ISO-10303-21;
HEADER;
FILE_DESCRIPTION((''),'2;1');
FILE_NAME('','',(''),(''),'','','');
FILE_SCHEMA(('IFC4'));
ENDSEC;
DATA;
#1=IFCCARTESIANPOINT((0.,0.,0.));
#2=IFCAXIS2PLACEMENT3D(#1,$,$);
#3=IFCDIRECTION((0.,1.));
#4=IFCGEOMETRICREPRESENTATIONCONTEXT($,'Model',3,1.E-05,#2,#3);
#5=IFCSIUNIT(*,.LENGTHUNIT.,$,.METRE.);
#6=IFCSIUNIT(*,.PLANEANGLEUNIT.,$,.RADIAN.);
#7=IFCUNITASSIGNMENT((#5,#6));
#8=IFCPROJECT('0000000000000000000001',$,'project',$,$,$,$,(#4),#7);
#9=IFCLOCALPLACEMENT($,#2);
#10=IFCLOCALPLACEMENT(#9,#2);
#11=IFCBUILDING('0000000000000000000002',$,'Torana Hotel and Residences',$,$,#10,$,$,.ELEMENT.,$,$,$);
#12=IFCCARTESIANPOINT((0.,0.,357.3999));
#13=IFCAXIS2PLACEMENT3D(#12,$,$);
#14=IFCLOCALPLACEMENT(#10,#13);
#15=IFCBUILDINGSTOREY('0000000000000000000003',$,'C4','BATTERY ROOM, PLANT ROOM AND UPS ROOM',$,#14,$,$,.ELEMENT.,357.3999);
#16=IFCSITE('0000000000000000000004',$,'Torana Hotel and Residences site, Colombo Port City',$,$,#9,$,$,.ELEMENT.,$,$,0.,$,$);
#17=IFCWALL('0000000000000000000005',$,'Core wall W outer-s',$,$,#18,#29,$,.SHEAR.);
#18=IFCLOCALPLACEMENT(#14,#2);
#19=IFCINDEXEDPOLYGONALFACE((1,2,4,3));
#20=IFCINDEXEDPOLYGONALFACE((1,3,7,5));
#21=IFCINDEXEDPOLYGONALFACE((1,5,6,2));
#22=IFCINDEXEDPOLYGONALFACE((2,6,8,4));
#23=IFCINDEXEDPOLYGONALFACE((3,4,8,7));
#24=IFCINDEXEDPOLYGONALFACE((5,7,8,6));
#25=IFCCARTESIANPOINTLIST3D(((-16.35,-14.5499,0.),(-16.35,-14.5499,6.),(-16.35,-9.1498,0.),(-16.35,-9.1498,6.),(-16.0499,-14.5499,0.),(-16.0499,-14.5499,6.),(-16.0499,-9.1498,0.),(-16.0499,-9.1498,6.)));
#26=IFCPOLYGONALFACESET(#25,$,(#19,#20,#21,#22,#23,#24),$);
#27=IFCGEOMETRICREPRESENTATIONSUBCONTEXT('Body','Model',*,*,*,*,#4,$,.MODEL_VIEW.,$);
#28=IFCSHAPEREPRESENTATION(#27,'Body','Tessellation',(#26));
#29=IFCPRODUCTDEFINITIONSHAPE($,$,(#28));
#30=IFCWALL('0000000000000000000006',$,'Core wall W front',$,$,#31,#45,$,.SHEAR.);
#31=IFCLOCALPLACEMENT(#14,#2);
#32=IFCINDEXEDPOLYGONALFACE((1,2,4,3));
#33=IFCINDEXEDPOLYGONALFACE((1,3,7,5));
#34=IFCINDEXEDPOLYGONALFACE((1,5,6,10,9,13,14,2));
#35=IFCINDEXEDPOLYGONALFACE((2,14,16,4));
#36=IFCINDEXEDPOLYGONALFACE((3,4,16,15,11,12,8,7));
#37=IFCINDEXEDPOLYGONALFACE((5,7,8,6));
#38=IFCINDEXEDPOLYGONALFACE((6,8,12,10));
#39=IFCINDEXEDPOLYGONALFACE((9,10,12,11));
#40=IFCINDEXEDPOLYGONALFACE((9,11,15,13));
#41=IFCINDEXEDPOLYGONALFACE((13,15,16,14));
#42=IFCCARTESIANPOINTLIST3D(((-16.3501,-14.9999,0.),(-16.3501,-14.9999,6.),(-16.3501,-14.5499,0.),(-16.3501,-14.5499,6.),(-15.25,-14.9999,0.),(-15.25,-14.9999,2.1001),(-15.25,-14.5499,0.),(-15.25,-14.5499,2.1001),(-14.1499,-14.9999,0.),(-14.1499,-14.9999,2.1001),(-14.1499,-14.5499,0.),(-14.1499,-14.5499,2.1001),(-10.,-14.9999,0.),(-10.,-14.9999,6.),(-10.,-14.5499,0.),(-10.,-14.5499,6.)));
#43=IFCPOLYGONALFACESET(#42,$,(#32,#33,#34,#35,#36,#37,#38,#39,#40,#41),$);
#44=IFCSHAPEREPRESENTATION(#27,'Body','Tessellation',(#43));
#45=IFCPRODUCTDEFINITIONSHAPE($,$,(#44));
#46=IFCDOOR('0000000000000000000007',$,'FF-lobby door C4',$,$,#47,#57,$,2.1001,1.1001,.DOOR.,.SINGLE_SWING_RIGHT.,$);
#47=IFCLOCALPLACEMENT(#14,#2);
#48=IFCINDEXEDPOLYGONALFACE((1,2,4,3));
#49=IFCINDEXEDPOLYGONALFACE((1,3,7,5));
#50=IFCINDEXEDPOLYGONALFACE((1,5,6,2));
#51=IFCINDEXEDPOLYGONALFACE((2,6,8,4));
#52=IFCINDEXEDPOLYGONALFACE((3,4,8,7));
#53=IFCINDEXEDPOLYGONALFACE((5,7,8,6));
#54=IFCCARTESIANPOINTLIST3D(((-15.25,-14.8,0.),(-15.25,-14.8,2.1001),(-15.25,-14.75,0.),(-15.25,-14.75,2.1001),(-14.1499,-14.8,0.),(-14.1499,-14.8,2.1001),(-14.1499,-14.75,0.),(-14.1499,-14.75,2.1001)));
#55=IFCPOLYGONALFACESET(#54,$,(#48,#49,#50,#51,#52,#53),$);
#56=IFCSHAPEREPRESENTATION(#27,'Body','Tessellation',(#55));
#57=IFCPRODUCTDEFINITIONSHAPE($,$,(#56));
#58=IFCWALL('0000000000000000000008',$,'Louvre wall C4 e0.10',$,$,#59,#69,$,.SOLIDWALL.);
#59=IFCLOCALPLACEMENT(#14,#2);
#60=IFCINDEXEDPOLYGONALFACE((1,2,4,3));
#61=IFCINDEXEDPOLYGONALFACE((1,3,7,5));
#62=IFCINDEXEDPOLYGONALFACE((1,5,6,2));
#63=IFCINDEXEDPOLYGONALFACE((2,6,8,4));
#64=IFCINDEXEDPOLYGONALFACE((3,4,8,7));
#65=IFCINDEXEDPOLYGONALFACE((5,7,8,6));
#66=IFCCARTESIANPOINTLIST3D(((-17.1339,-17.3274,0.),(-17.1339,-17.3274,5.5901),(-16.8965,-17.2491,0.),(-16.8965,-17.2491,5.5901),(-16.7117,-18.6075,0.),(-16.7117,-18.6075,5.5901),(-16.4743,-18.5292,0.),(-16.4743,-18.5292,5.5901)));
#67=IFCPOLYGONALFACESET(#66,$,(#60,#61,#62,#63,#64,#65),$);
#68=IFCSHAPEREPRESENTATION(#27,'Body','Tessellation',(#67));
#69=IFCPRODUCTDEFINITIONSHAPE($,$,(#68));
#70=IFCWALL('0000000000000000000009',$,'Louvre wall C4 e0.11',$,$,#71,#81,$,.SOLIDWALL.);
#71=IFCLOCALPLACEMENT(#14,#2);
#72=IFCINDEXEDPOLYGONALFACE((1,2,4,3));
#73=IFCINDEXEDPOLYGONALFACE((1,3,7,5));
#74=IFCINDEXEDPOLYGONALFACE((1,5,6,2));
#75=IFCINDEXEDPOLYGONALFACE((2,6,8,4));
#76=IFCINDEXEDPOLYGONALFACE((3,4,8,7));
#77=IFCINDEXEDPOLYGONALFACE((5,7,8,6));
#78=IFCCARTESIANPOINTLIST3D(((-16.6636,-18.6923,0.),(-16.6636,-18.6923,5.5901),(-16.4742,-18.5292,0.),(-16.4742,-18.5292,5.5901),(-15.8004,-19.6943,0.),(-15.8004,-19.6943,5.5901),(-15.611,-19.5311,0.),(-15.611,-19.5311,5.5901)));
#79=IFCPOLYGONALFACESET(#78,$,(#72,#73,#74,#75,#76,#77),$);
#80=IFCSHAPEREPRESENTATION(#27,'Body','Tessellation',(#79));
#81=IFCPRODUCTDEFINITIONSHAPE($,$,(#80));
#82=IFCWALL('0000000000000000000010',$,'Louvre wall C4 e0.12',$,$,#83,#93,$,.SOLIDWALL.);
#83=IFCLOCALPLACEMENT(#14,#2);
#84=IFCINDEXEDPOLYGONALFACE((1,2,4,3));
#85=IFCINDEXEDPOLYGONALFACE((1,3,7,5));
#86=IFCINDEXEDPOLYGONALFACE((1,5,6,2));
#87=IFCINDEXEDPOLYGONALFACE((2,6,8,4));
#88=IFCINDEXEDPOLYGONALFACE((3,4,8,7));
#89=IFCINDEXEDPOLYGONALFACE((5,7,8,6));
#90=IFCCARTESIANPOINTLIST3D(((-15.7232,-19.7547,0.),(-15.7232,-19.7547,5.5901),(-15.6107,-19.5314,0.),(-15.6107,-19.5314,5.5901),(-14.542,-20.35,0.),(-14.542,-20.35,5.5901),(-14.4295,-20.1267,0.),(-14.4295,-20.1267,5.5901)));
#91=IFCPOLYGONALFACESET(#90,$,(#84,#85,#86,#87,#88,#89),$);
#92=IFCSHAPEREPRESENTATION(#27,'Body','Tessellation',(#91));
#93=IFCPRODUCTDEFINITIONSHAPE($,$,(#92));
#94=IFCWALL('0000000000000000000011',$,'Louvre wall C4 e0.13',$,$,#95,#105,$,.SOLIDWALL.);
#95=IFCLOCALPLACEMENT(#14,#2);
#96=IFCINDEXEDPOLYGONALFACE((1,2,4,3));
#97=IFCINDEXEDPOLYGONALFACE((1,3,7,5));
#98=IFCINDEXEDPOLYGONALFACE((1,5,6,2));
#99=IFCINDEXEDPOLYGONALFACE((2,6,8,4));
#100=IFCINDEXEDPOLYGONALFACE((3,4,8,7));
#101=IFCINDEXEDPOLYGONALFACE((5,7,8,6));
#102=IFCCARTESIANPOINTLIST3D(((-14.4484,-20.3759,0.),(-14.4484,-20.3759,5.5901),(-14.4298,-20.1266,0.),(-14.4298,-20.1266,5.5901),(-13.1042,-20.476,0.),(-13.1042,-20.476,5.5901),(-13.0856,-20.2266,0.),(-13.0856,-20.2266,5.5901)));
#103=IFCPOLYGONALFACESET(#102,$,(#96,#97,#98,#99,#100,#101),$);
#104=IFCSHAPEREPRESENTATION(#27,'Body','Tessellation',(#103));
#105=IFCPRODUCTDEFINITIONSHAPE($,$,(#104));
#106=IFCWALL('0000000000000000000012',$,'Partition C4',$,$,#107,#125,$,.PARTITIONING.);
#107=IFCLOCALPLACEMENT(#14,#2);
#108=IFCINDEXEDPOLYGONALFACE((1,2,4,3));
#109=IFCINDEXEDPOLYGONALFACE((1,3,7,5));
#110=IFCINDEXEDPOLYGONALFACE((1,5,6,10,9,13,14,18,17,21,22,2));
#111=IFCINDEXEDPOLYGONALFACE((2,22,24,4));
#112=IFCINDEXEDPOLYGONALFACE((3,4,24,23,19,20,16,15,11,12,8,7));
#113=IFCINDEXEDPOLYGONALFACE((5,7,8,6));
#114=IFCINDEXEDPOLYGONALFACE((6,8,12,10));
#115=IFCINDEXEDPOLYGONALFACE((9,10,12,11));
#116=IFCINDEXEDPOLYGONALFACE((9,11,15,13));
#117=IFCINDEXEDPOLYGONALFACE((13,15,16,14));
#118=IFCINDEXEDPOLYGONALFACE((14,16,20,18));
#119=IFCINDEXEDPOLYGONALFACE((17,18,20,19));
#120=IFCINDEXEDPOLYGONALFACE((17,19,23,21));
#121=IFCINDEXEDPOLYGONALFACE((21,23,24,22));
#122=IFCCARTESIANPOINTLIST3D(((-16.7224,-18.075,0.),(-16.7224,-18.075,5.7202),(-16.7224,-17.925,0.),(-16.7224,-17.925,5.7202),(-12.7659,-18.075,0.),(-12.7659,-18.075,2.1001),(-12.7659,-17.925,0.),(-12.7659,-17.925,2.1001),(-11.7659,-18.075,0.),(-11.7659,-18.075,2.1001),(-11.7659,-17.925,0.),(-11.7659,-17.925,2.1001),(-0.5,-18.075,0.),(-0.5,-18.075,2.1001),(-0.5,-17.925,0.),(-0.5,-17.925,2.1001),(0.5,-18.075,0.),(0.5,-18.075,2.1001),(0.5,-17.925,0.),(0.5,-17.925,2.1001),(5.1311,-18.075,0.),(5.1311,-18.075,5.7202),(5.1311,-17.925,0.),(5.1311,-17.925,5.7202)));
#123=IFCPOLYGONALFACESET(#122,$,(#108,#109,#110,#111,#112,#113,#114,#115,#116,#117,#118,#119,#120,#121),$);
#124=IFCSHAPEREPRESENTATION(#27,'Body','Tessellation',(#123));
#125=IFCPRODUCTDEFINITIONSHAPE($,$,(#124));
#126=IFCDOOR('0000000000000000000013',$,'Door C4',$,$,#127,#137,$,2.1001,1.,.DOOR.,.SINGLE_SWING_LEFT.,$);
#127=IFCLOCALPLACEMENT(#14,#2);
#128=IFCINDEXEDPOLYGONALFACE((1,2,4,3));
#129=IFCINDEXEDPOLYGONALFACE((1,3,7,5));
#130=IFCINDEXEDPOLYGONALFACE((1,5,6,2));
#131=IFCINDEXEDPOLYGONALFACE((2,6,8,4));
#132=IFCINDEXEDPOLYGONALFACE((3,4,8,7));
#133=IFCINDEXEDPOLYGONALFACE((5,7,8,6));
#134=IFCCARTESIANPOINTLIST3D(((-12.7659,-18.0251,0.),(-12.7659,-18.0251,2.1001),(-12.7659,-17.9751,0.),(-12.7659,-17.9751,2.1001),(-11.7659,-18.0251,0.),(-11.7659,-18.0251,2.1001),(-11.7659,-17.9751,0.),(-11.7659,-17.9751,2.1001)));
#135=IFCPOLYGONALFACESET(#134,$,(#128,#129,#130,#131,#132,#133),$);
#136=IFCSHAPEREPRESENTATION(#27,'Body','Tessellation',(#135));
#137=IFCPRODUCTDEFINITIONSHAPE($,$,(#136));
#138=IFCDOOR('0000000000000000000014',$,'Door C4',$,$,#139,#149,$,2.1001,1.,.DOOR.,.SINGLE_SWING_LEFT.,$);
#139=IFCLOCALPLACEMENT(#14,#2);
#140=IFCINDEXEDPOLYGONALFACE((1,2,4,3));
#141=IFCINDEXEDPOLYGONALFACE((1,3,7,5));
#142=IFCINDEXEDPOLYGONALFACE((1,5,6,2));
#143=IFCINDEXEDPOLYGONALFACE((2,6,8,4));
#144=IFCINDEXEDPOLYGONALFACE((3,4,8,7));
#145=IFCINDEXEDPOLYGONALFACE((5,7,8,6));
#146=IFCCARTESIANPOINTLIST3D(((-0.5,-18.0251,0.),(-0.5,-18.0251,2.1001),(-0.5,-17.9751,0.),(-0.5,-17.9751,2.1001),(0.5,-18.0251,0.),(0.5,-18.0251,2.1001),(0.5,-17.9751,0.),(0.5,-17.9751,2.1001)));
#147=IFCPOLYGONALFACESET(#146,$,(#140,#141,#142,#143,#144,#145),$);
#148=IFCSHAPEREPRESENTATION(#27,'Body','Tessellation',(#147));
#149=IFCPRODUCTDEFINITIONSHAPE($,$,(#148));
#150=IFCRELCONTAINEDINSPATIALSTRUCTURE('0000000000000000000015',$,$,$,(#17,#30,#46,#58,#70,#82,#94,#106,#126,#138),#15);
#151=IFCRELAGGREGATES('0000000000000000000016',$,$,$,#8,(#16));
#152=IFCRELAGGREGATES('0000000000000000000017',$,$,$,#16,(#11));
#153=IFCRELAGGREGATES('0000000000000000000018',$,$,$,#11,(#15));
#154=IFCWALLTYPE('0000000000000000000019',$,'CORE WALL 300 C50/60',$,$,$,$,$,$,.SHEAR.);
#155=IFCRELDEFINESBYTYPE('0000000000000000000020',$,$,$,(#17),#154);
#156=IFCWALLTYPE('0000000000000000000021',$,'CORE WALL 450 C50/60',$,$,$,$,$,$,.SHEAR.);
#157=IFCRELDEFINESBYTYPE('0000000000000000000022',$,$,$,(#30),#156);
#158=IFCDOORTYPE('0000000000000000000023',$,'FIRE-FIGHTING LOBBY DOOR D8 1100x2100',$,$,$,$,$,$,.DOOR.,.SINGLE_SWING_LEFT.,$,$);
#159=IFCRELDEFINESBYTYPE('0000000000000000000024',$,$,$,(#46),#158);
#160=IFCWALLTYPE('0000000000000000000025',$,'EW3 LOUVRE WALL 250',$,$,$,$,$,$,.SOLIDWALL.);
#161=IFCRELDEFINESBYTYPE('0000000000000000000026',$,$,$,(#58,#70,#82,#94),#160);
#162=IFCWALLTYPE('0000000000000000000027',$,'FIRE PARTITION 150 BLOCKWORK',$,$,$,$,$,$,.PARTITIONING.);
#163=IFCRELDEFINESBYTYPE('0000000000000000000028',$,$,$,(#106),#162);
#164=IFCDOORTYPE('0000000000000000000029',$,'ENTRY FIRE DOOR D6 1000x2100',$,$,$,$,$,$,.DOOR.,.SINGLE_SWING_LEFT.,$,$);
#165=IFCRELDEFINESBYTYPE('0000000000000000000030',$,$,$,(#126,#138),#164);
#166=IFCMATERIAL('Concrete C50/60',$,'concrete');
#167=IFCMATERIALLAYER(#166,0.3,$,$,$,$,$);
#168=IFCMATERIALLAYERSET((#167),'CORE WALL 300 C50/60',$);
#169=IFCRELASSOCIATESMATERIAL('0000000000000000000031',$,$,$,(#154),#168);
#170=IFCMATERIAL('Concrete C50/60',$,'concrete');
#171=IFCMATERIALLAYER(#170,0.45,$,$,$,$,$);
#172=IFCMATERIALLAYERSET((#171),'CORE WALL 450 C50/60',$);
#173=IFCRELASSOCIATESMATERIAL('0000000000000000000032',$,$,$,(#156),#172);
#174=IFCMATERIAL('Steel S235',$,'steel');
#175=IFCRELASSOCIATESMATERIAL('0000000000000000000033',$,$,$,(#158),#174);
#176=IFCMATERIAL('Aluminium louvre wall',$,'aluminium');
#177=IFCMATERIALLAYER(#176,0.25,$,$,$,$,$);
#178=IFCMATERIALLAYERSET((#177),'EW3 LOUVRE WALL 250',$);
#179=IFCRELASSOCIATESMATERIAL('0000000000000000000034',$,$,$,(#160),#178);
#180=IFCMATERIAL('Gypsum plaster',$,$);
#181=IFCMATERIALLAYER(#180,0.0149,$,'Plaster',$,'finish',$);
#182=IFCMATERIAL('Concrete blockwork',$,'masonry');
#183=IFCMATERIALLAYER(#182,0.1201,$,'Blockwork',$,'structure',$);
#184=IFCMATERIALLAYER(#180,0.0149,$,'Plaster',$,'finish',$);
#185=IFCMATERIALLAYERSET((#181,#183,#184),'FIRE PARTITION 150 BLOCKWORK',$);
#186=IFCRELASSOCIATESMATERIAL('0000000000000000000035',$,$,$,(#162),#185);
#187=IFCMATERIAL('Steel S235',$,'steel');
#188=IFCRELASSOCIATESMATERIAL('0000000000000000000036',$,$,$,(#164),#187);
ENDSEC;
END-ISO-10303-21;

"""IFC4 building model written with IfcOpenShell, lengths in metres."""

from ifc_helpers import new_model, si_unit, direction, frame, frame_2d, origin, place, context, subcontext, project, spatial, rectangle, extrude, material, layer, layer_set, type_object, element, fill, save


model = new_model("IFC4")

# Units and contexts
model_context = context("Model", 3, precision=1e-05, world=origin(), true_north=direction((0.0, 1.0)))
body_context = subcontext(model_context, "Body", "Model", "MODEL_VIEW")
ifc_project = project(units=[si_unit("LENGTHUNIT", "METRE"), si_unit("PLANEANGLEUNIT", "RADIAN")], contexts=[model_context])

# Site, building, storey
site_placement = place(None, origin())
site = spatial("IfcSite", under=ifc_project, at=site_placement, Name="Torana Hotel and Residences site, Colombo Port City", CompositionType="ELEMENT", RefElevation=0.0)
building_placement = place(site_placement, origin())
building = spatial("IfcBuilding", under=site, at=building_placement, Name="Torana Hotel and Residences", CompositionType="ELEMENT")
storey_placement = place(building_placement, frame((0.0, 0.0, 357.3999)))
storey = spatial("IfcBuildingStorey", under=building, at=storey_placement, Name="C4", Description="BATTERY ROOM, PLANT ROOM AND UPS ROOM", CompositionType="ELEMENT", Elevation=357.3999)

# Wall
ifc_material_1 = material(Name="Concrete C50/60", Category="concrete")
ifc_layer_1 = layer(ifc_material_1, 0.3)
ifc_layer_set_1 = layer_set([ifc_layer_1], Name="CORE WALL 300 C50/60")
wall_type_1 = type_object("IfcWallType", Name="CORE WALL 300 C50/60", PredefinedType="SHEAR", material=ifc_layer_set_1)
wall_1_placement = place(storey_placement, frame((-16.2, -14.55, 0.0), z_axis=(0.0, 0.0, 1.0), x_axis=(0.0, 1.0, 0.0)))
element("IfcWall", 1, at=wall_1_placement, inside=storey, type_object=wall_type_1, Name="Core wall W outer-s", PredefinedType="SHEAR", context=body_context, shape_type="SweptSolid", body=[
    extrude(rectangle(XDim=5.4001, YDim=0.3, at=frame_2d((2.7002, 0.0))), origin(), (0.0, 0.0, 1.0), 6.0),
])

# Wall, opening, door
ifc_material_2 = material(Name="Concrete C50/60", Category="concrete")
ifc_layer_2 = layer(ifc_material_2, 0.45)
ifc_layer_set_2 = layer_set([ifc_layer_2], Name="CORE WALL 450 C50/60")
wall_type_2 = type_object("IfcWallType", Name="CORE WALL 450 C50/60", PredefinedType="SHEAR", material=ifc_layer_set_2)
wall_2_placement = place(storey_placement, frame((-16.3501, -14.7749, 0.0), z_axis=(0.0, 0.0, 1.0), x_axis=(1.0, 0.0, 0.0)))
wall_2 = element("IfcWall", 2, at=wall_2_placement, inside=storey, type_object=wall_type_2, Name="Core wall W front", PredefinedType="SHEAR", context=body_context, shape_type="SweptSolid", body=[
    extrude(rectangle(XDim=6.3501, YDim=0.45, at=frame_2d((3.175, 0.0))), origin(), (0.0, 0.0, 1.0), 6.0),
])
opening_1_placement = place(wall_2_placement, frame((1.1001, 0.0, 0.0)))
opening_1 = element("IfcOpeningElement", 3, at=opening_1_placement, cuts=wall_2, PredefinedType="OPENING", context=body_context, shape_type="SweptSolid", body=[
    extrude(rectangle(XDim=1.1001, YDim=2.1001, at=frame_2d((0.55, 1.05))), frame((0.0, 0.2349, 0.0), z_axis=(0.0, -1.0, 0.0), x_axis=(1.0, 0.0, 0.0)), (0.0, 0.0, 1.0), 0.47),
])
ifc_material_3 = material(Name="Steel S235", Category="steel")
door_type_1 = type_object("IfcDoorType", Name="FIRE-FIGHTING LOBBY DOOR D8 1100x2100", OperationType="SINGLE_SWING_LEFT", PredefinedType="DOOR", material=ifc_material_3)
door_1_placement = place(opening_1_placement, origin())
door_1 = element("IfcDoor", 4, at=door_1_placement, inside=storey, type_object=door_type_1, Name="FF-lobby door C4", OperationType="SINGLE_SWING_RIGHT", OverallHeight=2.1001, OverallWidth=1.1001, PredefinedType="DOOR", context=body_context, shape_type="SweptSolid", body=[
    extrude(rectangle(XDim=1.1001, YDim=2.1001, at=frame_2d((0.55, 1.05))), frame((0.0, 0.0249, 0.0), z_axis=(0.0, -1.0, 0.0), x_axis=(1.0, 0.0, 0.0)), (0.0, 0.0, 1.0), 0.05),
])
fill(opening_1, door_1)

# Walls
ifc_material_4 = material(Name="Aluminium louvre wall", Category="aluminium")
ifc_layer_3 = layer(ifc_material_4, 0.25)
ifc_layer_set_3 = layer_set([ifc_layer_3], Name="EW3 LOUVRE WALL 250")
wall_type_3 = type_object("IfcWallType", Name="EW3 LOUVRE WALL 250", PredefinedType="SOLIDWALL", material=ifc_layer_set_3)
wall_3_placement = place(storey_placement, frame((-17.0151, -17.2883, 0.0), z_axis=(0.0, 0.0, 1.0), x_axis=(0.313183, -0.949693, 0.0)))
element("IfcWall", 5, at=wall_3_placement, inside=storey, type_object=wall_type_3, Name="Louvre wall C4 e0.10", PredefinedType="SOLIDWALL", context=body_context, shape_type="SweptSolid", body=[
    extrude(rectangle(XDim=1.3479, YDim=0.25, at=frame_2d((0.6738, 0.0))), origin(), (0.0, 0.0, 1.0), 5.5901),
])
wall_4_placement = place(storey_placement, frame((-16.5688, -18.6108, 0.0), z_axis=(0.0, 0.0, 1.0), x_axis=(0.652735, -0.757586, 0.0)))
element("IfcWall", 6, at=wall_4_placement, inside=storey, type_object=wall_type_3, Name="Louvre wall C4 e0.11", PredefinedType="SOLIDWALL", context=body_context, shape_type="SweptSolid", body=[
    extrude(rectangle(XDim=1.3225, YDim=0.25, at=frame_2d((0.6611, 0.0))), origin(), (0.0, 0.0, 1.0), 5.5901),
])
wall_5_placement = place(storey_placement, frame((-15.667, -19.6431, 0.0), z_axis=(0.0, 0.0, 1.0), x_axis=(0.89302, -0.450017, 0.0)))
element("IfcWall", 7, at=wall_5_placement, inside=storey, type_object=wall_type_3, Name="Louvre wall C4 e0.12", PredefinedType="SOLIDWALL", context=body_context, shape_type="SweptSolid", body=[
    extrude(rectangle(XDim=1.3228, YDim=0.25, at=frame_2d((0.6614, 0.0))), origin(), (0.0, 0.0, 1.0), 5.5901),
])
wall_6_placement = place(storey_placement, frame((-14.439, -20.2512, 0.0), z_axis=(0.0, 0.0, 1.0), x_axis=(0.997239, -0.074259, 0.0)))
element("IfcWall", 8, at=wall_6_placement, inside=storey, type_object=wall_type_3, Name="Louvre wall C4 e0.13", PredefinedType="SOLIDWALL", context=body_context, shape_type="SweptSolid", body=[
    extrude(rectangle(XDim=1.3479, YDim=0.25, at=frame_2d((0.6738, 0.0))), origin(), (0.0, 0.0, 1.0), 5.5901),
])

# Wall, openings, doors
ifc_material_5 = material(Name="Gypsum plaster")
ifc_layer_4 = layer(ifc_material_5, 0.0149, Name="Plaster", Category="finish")
ifc_material_6 = material(Name="Concrete blockwork", Category="masonry")
ifc_layer_5 = layer(ifc_material_6, 0.1201, Name="Blockwork", Category="structure")
ifc_layer_6 = layer(ifc_material_5, 0.0149, Name="Plaster", Category="finish")
ifc_layer_set_4 = layer_set([ifc_layer_4, ifc_layer_5, ifc_layer_6], Name="FIRE PARTITION 150 BLOCKWORK")
wall_type_4 = type_object("IfcWallType", Name="FIRE PARTITION 150 BLOCKWORK", PredefinedType="PARTITIONING", material=ifc_layer_set_4)
wall_7_placement = place(storey_placement, frame((-16.7224, -18.0, 0.0), z_axis=(0.0, 0.0, 1.0), x_axis=(1.0, 0.0, 0.0)))
wall_7 = element("IfcWall", 9, at=wall_7_placement, inside=storey, type_object=wall_type_4, Name="Partition C4", PredefinedType="PARTITIONING", context=body_context, shape_type="SweptSolid", body=[
    extrude(rectangle(XDim=21.8535, YDim=0.1499, at=frame_2d((10.9268, 0.0))), origin(), (0.0, 0.0, 1.0), 5.7202),
])
opening_2_placement = place(wall_7_placement, frame((3.9565, 0.0, 0.0)))
opening_2 = element("IfcOpeningElement", 10, at=opening_2_placement, cuts=wall_7, PredefinedType="OPENING", context=body_context, shape_type="SweptSolid", body=[
    extrude(rectangle(XDim=1.0, YDim=2.1001, at=frame_2d((0.5, 1.05))), frame((0.0, 0.085, 0.0), z_axis=(0.0, -1.0, 0.0), x_axis=(1.0, 0.0, 0.0)), (0.0, 0.0, 1.0), 0.1699),
])
opening_3_placement = place(wall_7_placement, frame((16.2224, 0.0, 0.0)))
opening_3 = element("IfcOpeningElement", 11, at=opening_3_placement, cuts=wall_7, PredefinedType="OPENING", context=body_context, shape_type="SweptSolid", body=[
    extrude(rectangle(XDim=1.0, YDim=2.1001, at=frame_2d((0.5, 1.05))), frame((0.0, 0.085, 0.0), z_axis=(0.0, -1.0, 0.0), x_axis=(1.0, 0.0, 0.0)), (0.0, 0.0, 1.0), 0.1699),
])
ifc_material_7 = material(Name="Steel S235", Category="steel")
door_type_2 = type_object("IfcDoorType", Name="ENTRY FIRE DOOR D6 1000x2100", OperationType="SINGLE_SWING_LEFT", PredefinedType="DOOR", material=ifc_material_7)
door_2_placement = place(opening_2_placement, frame((0.5, 0.0, 0.0), z_axis=(0.0, 0.0, 1.0), x_axis=(-1.0, 0.0, 0.0)))
door_2 = element("IfcDoor", 12, at=door_2_placement, inside=storey, type_object=door_type_2, Name="Door C4", OperationType="SINGLE_SWING_LEFT", OverallHeight=2.1001, OverallWidth=1.0, PredefinedType="DOOR", context=body_context, shape_type="SweptSolid", body=[
    extrude(rectangle(XDim=1.0, YDim=2.1001, at=frame_2d((0.0, 1.05))), frame((0.0, -0.0249, 0.0), z_axis=(0.0, 1.0, 0.0), x_axis=(-1.0, 0.0, 0.0)), (0.0, 0.0, 1.0), 0.05),
])
fill(opening_2, door_2)
door_3_placement = place(opening_3_placement, frame((0.5, 0.0, 0.0), z_axis=(0.0, 0.0, 1.0), x_axis=(-1.0, 0.0, 0.0)))
door_3 = element("IfcDoor", 13, at=door_3_placement, inside=storey, type_object=door_type_2, Name="Door C4", OperationType="SINGLE_SWING_LEFT", OverallHeight=2.1001, OverallWidth=1.0, PredefinedType="DOOR", context=body_context, shape_type="SweptSolid", body=[
    extrude(rectangle(XDim=1.0, YDim=2.1001, at=frame_2d((0.0, 1.05))), frame((0.0, -0.0249, 0.0), z_axis=(0.0, 1.0, 0.0), x_axis=(-1.0, 0.0, 0.0)), (0.0, 0.0, 1.0), 0.05),
])
fill(opening_3, door_3)

save(model, "model.ifc")
